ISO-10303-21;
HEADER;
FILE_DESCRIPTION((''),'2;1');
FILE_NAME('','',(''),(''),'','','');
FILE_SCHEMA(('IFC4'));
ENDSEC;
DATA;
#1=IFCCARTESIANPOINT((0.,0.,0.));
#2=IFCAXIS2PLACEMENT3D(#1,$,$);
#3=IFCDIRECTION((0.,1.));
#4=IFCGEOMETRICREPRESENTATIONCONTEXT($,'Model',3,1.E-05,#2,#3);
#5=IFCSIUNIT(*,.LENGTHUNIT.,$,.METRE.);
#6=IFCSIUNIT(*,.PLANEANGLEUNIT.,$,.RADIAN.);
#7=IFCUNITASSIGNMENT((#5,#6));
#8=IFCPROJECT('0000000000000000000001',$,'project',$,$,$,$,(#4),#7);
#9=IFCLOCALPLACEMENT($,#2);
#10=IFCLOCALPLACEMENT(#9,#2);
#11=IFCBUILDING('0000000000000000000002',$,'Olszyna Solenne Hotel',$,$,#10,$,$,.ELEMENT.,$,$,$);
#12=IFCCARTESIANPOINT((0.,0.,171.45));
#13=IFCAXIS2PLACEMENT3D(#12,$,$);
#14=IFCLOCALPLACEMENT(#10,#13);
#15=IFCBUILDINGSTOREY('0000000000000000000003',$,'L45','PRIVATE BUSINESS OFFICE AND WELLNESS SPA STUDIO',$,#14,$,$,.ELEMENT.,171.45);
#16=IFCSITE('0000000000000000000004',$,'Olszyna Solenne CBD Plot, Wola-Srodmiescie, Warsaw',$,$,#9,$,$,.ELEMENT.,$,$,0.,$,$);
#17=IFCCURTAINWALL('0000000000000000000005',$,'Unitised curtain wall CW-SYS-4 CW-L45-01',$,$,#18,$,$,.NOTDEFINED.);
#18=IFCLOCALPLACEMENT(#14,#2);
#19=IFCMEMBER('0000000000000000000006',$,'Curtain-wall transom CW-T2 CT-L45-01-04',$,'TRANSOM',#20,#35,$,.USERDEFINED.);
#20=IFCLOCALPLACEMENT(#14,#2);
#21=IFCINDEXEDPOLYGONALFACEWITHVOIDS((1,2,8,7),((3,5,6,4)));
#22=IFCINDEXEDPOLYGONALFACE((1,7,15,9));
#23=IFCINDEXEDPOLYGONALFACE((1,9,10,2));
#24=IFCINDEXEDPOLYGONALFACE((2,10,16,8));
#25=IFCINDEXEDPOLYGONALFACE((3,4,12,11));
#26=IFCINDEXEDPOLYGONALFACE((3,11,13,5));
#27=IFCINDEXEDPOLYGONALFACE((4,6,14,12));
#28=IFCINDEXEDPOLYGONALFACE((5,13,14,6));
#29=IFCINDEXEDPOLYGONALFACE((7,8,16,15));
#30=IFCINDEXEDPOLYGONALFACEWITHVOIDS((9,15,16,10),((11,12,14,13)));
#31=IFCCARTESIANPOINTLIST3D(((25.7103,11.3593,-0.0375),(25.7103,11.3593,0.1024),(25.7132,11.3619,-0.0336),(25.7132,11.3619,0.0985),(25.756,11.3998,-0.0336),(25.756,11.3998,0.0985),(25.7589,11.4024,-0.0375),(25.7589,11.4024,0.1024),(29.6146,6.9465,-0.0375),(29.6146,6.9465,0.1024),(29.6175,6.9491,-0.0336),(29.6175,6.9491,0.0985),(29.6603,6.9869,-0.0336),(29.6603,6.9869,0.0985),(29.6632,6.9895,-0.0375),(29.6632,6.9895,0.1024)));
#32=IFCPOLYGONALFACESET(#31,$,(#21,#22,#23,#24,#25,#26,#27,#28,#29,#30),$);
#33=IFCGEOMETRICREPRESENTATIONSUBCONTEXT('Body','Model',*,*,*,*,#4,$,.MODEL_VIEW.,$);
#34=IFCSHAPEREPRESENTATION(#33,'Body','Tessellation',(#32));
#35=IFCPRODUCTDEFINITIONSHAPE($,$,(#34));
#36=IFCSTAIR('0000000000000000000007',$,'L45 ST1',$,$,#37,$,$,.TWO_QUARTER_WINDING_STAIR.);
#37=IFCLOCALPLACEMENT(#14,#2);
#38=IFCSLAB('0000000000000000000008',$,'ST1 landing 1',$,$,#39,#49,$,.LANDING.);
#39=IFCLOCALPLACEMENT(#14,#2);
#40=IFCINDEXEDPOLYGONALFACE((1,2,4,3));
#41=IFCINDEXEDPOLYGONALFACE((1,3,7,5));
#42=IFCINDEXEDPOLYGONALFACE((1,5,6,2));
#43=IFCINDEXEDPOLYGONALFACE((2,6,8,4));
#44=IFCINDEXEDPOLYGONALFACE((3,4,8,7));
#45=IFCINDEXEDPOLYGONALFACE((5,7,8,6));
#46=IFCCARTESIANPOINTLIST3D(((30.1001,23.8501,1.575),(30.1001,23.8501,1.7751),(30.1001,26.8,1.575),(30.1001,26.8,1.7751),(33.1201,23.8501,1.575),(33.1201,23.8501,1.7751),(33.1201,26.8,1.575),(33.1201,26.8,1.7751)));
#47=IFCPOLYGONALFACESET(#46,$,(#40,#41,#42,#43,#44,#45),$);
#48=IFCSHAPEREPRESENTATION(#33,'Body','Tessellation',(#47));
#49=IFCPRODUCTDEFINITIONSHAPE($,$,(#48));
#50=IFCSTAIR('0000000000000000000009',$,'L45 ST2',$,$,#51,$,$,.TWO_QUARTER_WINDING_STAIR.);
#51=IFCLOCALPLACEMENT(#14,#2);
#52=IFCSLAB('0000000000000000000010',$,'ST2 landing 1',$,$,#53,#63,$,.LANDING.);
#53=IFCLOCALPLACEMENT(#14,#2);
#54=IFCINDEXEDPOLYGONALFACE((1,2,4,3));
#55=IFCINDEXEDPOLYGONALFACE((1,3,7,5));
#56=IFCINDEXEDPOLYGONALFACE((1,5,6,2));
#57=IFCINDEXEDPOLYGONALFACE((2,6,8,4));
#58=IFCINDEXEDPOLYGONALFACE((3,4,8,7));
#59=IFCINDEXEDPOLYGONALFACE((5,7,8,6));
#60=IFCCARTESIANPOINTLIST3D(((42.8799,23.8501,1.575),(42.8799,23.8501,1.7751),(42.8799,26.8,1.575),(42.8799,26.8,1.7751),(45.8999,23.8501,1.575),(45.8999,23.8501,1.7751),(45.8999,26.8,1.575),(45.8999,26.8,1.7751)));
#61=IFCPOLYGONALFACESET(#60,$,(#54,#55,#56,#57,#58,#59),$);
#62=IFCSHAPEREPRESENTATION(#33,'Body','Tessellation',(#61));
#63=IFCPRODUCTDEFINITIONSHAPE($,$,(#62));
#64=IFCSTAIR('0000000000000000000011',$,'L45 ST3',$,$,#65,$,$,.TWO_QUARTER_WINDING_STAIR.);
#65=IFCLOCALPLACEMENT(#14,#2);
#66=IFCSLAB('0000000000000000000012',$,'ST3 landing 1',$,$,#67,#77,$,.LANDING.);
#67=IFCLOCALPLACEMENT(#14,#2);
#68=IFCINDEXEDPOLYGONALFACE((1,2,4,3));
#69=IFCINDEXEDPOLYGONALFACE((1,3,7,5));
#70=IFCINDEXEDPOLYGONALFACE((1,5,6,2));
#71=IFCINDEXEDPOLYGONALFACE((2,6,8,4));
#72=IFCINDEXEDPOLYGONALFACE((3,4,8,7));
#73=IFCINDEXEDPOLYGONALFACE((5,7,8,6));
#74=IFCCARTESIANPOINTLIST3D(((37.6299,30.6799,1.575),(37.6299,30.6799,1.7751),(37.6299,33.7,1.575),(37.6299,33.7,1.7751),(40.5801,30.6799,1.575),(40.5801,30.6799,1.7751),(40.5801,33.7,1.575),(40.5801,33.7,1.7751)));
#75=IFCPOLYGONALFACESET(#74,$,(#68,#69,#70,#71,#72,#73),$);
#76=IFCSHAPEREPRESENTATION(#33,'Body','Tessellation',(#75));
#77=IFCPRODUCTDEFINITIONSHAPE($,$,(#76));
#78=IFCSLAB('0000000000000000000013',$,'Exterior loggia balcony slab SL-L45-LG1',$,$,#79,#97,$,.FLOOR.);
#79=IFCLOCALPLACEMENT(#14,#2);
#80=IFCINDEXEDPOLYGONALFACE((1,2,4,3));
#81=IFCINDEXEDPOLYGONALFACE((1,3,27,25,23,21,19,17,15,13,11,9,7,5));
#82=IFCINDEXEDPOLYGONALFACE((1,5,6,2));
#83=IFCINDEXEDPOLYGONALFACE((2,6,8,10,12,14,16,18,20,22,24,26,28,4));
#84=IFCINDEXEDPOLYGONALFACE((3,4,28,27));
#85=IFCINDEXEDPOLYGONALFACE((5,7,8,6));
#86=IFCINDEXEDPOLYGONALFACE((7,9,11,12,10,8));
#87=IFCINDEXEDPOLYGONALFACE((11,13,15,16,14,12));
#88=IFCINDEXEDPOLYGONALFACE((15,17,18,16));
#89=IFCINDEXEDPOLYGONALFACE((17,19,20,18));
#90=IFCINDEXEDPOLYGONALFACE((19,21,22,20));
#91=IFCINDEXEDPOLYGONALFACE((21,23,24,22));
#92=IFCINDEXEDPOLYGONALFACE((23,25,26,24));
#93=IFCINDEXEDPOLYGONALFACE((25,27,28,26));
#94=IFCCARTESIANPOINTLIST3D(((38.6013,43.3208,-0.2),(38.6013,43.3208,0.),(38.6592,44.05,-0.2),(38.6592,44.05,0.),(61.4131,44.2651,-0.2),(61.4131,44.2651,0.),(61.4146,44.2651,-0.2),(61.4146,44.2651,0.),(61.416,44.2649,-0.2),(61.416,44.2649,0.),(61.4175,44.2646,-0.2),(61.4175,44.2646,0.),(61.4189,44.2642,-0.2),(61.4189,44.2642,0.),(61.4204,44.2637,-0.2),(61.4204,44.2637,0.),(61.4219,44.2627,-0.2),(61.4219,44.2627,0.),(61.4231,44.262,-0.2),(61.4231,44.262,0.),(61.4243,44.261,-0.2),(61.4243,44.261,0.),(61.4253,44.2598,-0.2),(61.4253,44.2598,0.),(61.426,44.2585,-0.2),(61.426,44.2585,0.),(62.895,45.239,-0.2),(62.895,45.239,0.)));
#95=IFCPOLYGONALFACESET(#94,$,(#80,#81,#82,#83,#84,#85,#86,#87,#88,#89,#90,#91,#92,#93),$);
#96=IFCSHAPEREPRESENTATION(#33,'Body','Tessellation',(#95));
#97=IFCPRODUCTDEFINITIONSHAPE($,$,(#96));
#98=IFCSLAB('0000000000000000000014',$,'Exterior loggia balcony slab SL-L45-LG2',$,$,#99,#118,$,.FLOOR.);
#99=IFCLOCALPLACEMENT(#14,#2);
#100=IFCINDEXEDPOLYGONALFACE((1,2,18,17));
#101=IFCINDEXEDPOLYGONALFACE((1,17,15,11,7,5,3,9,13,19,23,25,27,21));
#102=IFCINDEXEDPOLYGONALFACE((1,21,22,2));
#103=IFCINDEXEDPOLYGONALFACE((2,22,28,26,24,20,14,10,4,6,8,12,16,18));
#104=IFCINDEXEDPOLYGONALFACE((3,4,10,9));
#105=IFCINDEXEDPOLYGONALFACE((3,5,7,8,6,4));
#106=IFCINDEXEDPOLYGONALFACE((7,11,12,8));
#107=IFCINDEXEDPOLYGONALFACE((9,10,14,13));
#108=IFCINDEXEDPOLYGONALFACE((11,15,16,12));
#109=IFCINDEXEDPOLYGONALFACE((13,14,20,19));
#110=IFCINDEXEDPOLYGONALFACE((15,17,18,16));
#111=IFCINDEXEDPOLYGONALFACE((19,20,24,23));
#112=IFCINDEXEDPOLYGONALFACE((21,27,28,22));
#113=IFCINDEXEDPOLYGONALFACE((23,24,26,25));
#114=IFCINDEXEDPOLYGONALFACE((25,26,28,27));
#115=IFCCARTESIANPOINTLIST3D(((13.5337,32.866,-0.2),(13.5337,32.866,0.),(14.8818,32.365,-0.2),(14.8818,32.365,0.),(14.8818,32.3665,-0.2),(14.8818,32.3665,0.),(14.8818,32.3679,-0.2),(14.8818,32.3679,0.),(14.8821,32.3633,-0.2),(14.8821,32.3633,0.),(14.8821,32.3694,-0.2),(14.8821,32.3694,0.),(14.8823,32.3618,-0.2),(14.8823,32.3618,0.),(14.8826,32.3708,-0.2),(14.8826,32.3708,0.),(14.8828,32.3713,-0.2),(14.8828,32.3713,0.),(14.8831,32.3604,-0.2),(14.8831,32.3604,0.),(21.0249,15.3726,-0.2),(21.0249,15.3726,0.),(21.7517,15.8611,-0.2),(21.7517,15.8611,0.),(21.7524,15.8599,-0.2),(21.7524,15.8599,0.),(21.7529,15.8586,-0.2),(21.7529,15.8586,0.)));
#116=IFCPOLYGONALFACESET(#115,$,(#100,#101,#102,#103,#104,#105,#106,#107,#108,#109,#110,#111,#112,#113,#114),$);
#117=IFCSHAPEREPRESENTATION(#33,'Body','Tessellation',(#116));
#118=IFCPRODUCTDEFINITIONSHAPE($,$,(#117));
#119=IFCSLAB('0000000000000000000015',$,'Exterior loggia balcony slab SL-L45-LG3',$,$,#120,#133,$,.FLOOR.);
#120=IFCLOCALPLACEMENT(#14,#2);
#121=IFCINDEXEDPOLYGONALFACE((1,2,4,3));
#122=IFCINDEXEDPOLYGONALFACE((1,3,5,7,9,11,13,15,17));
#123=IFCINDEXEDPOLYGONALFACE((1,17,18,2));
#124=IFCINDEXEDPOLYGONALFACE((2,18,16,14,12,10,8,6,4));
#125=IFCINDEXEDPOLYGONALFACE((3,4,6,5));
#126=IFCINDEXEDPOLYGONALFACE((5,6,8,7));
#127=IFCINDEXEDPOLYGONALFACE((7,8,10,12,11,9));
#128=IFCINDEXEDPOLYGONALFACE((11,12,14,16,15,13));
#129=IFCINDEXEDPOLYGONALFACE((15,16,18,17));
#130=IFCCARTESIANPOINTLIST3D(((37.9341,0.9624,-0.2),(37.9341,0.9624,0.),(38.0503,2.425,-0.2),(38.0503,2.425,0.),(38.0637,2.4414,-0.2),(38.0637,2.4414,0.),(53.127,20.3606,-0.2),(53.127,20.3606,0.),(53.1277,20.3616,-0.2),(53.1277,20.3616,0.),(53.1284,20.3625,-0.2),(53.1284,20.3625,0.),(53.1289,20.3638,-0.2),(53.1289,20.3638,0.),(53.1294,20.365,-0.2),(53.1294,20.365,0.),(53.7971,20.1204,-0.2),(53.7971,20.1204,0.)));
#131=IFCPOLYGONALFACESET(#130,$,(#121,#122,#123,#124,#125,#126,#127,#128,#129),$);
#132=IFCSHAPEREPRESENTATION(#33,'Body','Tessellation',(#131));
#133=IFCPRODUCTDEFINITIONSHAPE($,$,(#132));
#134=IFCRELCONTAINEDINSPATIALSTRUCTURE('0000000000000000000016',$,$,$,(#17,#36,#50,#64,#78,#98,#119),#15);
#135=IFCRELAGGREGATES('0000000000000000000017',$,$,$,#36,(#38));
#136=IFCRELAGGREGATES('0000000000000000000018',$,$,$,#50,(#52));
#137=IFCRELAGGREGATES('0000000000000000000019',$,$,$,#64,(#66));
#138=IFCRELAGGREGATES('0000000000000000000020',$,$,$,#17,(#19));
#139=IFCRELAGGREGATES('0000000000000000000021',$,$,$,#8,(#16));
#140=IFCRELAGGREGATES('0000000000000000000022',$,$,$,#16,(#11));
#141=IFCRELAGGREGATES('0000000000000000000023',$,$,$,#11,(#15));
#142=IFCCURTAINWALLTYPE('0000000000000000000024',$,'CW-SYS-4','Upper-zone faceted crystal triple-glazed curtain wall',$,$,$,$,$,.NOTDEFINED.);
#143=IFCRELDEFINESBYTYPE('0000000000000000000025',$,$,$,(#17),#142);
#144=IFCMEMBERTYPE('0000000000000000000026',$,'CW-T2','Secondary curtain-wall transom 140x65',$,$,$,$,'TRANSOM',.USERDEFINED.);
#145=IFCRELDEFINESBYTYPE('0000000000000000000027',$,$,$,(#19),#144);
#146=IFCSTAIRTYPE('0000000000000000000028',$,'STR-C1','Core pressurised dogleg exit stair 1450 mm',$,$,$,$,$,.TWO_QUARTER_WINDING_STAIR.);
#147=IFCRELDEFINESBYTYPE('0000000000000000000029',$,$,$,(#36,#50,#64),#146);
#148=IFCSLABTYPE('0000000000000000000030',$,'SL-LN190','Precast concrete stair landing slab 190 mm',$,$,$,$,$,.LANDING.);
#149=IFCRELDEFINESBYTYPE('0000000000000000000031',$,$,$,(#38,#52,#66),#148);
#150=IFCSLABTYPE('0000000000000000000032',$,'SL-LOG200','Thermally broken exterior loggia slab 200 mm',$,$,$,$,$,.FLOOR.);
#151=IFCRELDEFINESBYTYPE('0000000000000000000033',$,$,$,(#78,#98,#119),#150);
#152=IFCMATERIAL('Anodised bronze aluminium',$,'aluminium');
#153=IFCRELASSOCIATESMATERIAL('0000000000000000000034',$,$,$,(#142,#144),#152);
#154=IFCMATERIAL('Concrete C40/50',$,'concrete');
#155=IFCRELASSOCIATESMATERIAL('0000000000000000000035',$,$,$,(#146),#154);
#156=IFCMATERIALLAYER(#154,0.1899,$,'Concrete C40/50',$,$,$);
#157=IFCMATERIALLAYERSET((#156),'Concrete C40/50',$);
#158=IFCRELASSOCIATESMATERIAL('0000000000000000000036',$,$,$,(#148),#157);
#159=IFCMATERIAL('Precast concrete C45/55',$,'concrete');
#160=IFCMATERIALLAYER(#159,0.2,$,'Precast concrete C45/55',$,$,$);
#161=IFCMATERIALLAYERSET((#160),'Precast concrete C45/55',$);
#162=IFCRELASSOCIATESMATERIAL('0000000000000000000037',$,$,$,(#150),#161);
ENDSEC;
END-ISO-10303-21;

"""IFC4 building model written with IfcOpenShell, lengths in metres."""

from ifc_helpers import new_model, si_unit, direction, frame, origin, origin_2d, place, context, subcontext, project, spatial, polyline, hollow_rectangle, outline, extrude, source, transform, mapped, material, layer, layer_set, material_profile, profile_set, type_object, element, aggregate, save


model = new_model("IFC4")

# Units and contexts
model_context = context("Model", 3, precision=1e-05, world=origin(), true_north=direction((0.0, 1.0)))
body_context = subcontext(model_context, "Body", "Model", "MODEL_VIEW")
ifc_project = project(units=[si_unit("LENGTHUNIT", "METRE"), si_unit("PLANEANGLEUNIT", "RADIAN")], contexts=[model_context])

# Site, building, storey
site_placement = place(None, origin())
site = spatial("IfcSite", under=ifc_project, at=site_placement, Name="Olszyna Solenne CBD Plot, Wola-Srodmiescie, Warsaw", CompositionType="ELEMENT", RefElevation=0.0)
building_placement = place(site_placement, origin())
building = spatial("IfcBuilding", under=site, at=building_placement, Name="Olszyna Solenne Hotel", CompositionType="ELEMENT")
storey_placement = place(building_placement, frame((0.0, 0.0, 171.45)))
storey = spatial("IfcBuildingStorey", under=building, at=storey_placement, Name="L45", Description="PRIVATE BUSINESS OFFICE AND WELLNESS SPA STUDIO", CompositionType="ELEMENT", Elevation=171.45)

# Curtain wall, member
ifc_material_1 = material(Name="Anodised bronze aluminium", Category="aluminium")
curtain_wall_type = type_object("IfcCurtainWallType", Name="CW-SYS-4", Description="Upper-zone faceted crystal triple-glazed curtain wall", PredefinedType="NOTDEFINED", material=ifc_material_1)
curtain_wall_placement = place(storey_placement, origin())
curtain_wall = element("IfcCurtainWall", 1, at=curtain_wall_placement, inside=storey, type_object=curtain_wall_type, Name="Unitised curtain wall CW-SYS-4 CW-L45-01", PredefinedType="NOTDEFINED")
ifc_material_profile_1 = material_profile(ifc_material_1, hollow_rectangle(XDim=0.0649, YDim=0.1399, WallThickness=0.0039, at=origin_2d()), Name="TRAN 140x65x4", Category="load-bearing")
ifc_profile_set_1 = profile_set([ifc_material_profile_1], Name="Anodised bronze aluminium")
member_type_1 = type_object("IfcMemberType", Name="CW-T2", Description="Secondary curtain-wall transom 140x65", ElementType="TRANSOM", PredefinedType="USERDEFINED", material=ifc_profile_set_1)
shared_shape_1 = source(origin(), body_context, "Body", "SweptSolid", [
    extrude(hollow_rectangle(XDim=0.0649, YDim=0.1399, WallThickness=0.0039, at=origin_2d()), origin(), (0.0, 0.0, 1.0), 5.8921),
])
member_1_placement = place(storey_placement, frame((25.7346, 11.3809, 0.0325), z_axis=(0.662634, -0.748944, 0.0), x_axis=(0.748944, 0.662634, 0.0)))
member_1 = element("IfcMember", 2, at=member_1_placement, type_object=member_type_1, Name="Curtain-wall transom CW-T2 CT-L45-01-04", ObjectType="TRANSOM", PredefinedType="USERDEFINED", context=body_context, shape_type="MappedRepresentation", body=[
    mapped(shared_shape_1, transform((0.0, 0.0, 0.0), x_axis=(1.0, 0.0, 0.0), y_axis=(0.0, 1.0, 0.0), z_axis=(0.0, 0.0, 1.0), scale=1.0)),
])

# Stairs, slabs
ifc_material_2 = material(Name="Concrete C40/50", Category="concrete")
stair_type = type_object("IfcStairType", Name="STR-C1", Description="Core pressurised dogleg exit stair 1450 mm", PredefinedType="TWO_QUARTER_WINDING_STAIR", material=ifc_material_2)
stair_1_placement = place(storey_placement, origin())
stair_1 = element("IfcStair", 3, at=stair_1_placement, inside=storey, type_object=stair_type, Name="L45 ST1", PredefinedType="TWO_QUARTER_WINDING_STAIR")
ifc_layer_1 = layer(ifc_material_2, 0.1899, Name="Concrete C40/50")
ifc_layer_set_1 = layer_set([ifc_layer_1], Name="Concrete C40/50")
slab_type_1 = type_object("IfcSlabType", Name="SL-LN190", Description="Precast concrete stair landing slab 190 mm", PredefinedType="LANDING", material=ifc_layer_set_1)
slab_1_placement = place(storey_placement, frame((0.0, 0.0, 1.575)))
slab_1 = element("IfcSlab", 4, at=slab_1_placement, type_object=slab_type_1, Name="ST1 landing 1", PredefinedType="LANDING", context=body_context, shape_type="SweptSolid", body=[
    extrude(outline(polyline([(33.1201, 23.8501), (33.1201, 26.8), (30.1001, 26.8), (30.1001, 23.8501), (33.1201, 23.8501)])), origin(), (0.0, 0.0, 1.0), 0.2002),
])
aggregate(stair_1, [slab_1])
stair_2_placement = place(storey_placement, origin())
stair_2 = element("IfcStair", 5, at=stair_2_placement, inside=storey, type_object=stair_type, Name="L45 ST2", PredefinedType="TWO_QUARTER_WINDING_STAIR")
slab_2_placement = place(storey_placement, frame((0.0, 0.0, 1.575)))
slab_2 = element("IfcSlab", 6, at=slab_2_placement, type_object=slab_type_1, Name="ST2 landing 1", PredefinedType="LANDING", context=body_context, shape_type="SweptSolid", body=[
    extrude(outline(polyline([(45.8999, 23.8501), (45.8999, 26.8), (42.8799, 26.8), (42.8799, 23.8501), (45.8999, 23.8501)])), origin(), (0.0, 0.0, 1.0), 0.2002),
])
aggregate(stair_2, [slab_2])
stair_3_placement = place(storey_placement, origin())
stair_3 = element("IfcStair", 7, at=stair_3_placement, inside=storey, type_object=stair_type, Name="L45 ST3", PredefinedType="TWO_QUARTER_WINDING_STAIR")
slab_3_placement = place(storey_placement, frame((0.0, 0.0, 1.575)))
slab_3 = element("IfcSlab", 8, at=slab_3_placement, type_object=slab_type_1, Name="ST3 landing 1", PredefinedType="LANDING", context=body_context, shape_type="SweptSolid", body=[
    extrude(outline(polyline([(37.6299, 30.6799), (40.5801, 30.6799), (40.5801, 33.7), (37.6299, 33.7), (37.6299, 30.6799)])), origin(), (0.0, 0.0, 1.0), 0.2002),
])
aggregate(stair_3, [slab_3])

# Slabs
ifc_material_3 = material(Name="Precast concrete C45/55", Category="concrete")
ifc_layer_2 = layer(ifc_material_3, 0.2, Name="Precast concrete C45/55")
ifc_layer_set_2 = layer_set([ifc_layer_2], Name="Precast concrete C45/55")
slab_type_2 = type_object("IfcSlabType", Name="SL-LOG200", Description="Thermally broken exterior loggia slab 200 mm", PredefinedType="FLOOR", material=ifc_layer_set_2)
slab_4_placement = place(storey_placement, frame((0.0, 0.0, -0.2)))
element("IfcSlab", 9, at=slab_4_placement, inside=storey, type_object=slab_type_2, Name="Exterior loggia balcony slab SL-L45-LG1", PredefinedType="FLOOR", context=body_context, shape_type="SweptSolid", body=[
    extrude(outline(polyline([(38.6013, 43.3208), (61.4131, 44.2651), (61.4146, 44.2651), (61.416, 44.2649), (61.4175, 44.2646), (61.4189, 44.2642), (61.4204, 44.2637), (61.4219, 44.2627), (61.4231, 44.262), (61.4243, 44.261), (61.4253, 44.2598), (61.426, 44.2585), (62.895, 45.239), (38.6592, 44.05), (38.6013, 43.3208)])), origin(), (0.0, 0.0, 1.0), 0.2),
])
slab_5_placement = place(storey_placement, frame((0.0, 0.0, -0.2)))
element("IfcSlab", 10, at=slab_5_placement, inside=storey, type_object=slab_type_2, Name="Exterior loggia balcony slab SL-L45-LG2", PredefinedType="FLOOR", context=body_context, shape_type="SweptSolid", body=[
    extrude(outline(polyline([(21.7529, 15.8586), (21.7524, 15.8599), (21.7517, 15.8611), (14.8831, 32.3604), (14.8823, 32.3618), (14.8821, 32.3633), (14.8818, 32.365), (14.8818, 32.3665), (14.8818, 32.3679), (14.8821, 32.3694), (14.8826, 32.3708), (14.8828, 32.3713), (13.5337, 32.866), (21.0249, 15.3726), (21.7529, 15.8586)])), origin(), (0.0, 0.0, 1.0), 0.2),
])
slab_6_placement = place(storey_placement, frame((0.0, 0.0, -0.2)))
element("IfcSlab", 11, at=slab_6_placement, inside=storey, type_object=slab_type_2, Name="Exterior loggia balcony slab SL-L45-LG3", PredefinedType="FLOOR", context=body_context, shape_type="SweptSolid", body=[
    extrude(outline(polyline([(53.1294, 20.365), (53.1289, 20.3638), (53.1284, 20.3625), (53.1277, 20.3616), (53.127, 20.3606), (38.0637, 2.4414), (38.0503, 2.425), (37.9341, 0.9624), (53.7971, 20.1204), (53.1294, 20.365)])), origin(), (0.0, 0.0, 1.0), 0.2),
])

aggregate(curtain_wall, [member_1])

save(model, "model.ifc")
